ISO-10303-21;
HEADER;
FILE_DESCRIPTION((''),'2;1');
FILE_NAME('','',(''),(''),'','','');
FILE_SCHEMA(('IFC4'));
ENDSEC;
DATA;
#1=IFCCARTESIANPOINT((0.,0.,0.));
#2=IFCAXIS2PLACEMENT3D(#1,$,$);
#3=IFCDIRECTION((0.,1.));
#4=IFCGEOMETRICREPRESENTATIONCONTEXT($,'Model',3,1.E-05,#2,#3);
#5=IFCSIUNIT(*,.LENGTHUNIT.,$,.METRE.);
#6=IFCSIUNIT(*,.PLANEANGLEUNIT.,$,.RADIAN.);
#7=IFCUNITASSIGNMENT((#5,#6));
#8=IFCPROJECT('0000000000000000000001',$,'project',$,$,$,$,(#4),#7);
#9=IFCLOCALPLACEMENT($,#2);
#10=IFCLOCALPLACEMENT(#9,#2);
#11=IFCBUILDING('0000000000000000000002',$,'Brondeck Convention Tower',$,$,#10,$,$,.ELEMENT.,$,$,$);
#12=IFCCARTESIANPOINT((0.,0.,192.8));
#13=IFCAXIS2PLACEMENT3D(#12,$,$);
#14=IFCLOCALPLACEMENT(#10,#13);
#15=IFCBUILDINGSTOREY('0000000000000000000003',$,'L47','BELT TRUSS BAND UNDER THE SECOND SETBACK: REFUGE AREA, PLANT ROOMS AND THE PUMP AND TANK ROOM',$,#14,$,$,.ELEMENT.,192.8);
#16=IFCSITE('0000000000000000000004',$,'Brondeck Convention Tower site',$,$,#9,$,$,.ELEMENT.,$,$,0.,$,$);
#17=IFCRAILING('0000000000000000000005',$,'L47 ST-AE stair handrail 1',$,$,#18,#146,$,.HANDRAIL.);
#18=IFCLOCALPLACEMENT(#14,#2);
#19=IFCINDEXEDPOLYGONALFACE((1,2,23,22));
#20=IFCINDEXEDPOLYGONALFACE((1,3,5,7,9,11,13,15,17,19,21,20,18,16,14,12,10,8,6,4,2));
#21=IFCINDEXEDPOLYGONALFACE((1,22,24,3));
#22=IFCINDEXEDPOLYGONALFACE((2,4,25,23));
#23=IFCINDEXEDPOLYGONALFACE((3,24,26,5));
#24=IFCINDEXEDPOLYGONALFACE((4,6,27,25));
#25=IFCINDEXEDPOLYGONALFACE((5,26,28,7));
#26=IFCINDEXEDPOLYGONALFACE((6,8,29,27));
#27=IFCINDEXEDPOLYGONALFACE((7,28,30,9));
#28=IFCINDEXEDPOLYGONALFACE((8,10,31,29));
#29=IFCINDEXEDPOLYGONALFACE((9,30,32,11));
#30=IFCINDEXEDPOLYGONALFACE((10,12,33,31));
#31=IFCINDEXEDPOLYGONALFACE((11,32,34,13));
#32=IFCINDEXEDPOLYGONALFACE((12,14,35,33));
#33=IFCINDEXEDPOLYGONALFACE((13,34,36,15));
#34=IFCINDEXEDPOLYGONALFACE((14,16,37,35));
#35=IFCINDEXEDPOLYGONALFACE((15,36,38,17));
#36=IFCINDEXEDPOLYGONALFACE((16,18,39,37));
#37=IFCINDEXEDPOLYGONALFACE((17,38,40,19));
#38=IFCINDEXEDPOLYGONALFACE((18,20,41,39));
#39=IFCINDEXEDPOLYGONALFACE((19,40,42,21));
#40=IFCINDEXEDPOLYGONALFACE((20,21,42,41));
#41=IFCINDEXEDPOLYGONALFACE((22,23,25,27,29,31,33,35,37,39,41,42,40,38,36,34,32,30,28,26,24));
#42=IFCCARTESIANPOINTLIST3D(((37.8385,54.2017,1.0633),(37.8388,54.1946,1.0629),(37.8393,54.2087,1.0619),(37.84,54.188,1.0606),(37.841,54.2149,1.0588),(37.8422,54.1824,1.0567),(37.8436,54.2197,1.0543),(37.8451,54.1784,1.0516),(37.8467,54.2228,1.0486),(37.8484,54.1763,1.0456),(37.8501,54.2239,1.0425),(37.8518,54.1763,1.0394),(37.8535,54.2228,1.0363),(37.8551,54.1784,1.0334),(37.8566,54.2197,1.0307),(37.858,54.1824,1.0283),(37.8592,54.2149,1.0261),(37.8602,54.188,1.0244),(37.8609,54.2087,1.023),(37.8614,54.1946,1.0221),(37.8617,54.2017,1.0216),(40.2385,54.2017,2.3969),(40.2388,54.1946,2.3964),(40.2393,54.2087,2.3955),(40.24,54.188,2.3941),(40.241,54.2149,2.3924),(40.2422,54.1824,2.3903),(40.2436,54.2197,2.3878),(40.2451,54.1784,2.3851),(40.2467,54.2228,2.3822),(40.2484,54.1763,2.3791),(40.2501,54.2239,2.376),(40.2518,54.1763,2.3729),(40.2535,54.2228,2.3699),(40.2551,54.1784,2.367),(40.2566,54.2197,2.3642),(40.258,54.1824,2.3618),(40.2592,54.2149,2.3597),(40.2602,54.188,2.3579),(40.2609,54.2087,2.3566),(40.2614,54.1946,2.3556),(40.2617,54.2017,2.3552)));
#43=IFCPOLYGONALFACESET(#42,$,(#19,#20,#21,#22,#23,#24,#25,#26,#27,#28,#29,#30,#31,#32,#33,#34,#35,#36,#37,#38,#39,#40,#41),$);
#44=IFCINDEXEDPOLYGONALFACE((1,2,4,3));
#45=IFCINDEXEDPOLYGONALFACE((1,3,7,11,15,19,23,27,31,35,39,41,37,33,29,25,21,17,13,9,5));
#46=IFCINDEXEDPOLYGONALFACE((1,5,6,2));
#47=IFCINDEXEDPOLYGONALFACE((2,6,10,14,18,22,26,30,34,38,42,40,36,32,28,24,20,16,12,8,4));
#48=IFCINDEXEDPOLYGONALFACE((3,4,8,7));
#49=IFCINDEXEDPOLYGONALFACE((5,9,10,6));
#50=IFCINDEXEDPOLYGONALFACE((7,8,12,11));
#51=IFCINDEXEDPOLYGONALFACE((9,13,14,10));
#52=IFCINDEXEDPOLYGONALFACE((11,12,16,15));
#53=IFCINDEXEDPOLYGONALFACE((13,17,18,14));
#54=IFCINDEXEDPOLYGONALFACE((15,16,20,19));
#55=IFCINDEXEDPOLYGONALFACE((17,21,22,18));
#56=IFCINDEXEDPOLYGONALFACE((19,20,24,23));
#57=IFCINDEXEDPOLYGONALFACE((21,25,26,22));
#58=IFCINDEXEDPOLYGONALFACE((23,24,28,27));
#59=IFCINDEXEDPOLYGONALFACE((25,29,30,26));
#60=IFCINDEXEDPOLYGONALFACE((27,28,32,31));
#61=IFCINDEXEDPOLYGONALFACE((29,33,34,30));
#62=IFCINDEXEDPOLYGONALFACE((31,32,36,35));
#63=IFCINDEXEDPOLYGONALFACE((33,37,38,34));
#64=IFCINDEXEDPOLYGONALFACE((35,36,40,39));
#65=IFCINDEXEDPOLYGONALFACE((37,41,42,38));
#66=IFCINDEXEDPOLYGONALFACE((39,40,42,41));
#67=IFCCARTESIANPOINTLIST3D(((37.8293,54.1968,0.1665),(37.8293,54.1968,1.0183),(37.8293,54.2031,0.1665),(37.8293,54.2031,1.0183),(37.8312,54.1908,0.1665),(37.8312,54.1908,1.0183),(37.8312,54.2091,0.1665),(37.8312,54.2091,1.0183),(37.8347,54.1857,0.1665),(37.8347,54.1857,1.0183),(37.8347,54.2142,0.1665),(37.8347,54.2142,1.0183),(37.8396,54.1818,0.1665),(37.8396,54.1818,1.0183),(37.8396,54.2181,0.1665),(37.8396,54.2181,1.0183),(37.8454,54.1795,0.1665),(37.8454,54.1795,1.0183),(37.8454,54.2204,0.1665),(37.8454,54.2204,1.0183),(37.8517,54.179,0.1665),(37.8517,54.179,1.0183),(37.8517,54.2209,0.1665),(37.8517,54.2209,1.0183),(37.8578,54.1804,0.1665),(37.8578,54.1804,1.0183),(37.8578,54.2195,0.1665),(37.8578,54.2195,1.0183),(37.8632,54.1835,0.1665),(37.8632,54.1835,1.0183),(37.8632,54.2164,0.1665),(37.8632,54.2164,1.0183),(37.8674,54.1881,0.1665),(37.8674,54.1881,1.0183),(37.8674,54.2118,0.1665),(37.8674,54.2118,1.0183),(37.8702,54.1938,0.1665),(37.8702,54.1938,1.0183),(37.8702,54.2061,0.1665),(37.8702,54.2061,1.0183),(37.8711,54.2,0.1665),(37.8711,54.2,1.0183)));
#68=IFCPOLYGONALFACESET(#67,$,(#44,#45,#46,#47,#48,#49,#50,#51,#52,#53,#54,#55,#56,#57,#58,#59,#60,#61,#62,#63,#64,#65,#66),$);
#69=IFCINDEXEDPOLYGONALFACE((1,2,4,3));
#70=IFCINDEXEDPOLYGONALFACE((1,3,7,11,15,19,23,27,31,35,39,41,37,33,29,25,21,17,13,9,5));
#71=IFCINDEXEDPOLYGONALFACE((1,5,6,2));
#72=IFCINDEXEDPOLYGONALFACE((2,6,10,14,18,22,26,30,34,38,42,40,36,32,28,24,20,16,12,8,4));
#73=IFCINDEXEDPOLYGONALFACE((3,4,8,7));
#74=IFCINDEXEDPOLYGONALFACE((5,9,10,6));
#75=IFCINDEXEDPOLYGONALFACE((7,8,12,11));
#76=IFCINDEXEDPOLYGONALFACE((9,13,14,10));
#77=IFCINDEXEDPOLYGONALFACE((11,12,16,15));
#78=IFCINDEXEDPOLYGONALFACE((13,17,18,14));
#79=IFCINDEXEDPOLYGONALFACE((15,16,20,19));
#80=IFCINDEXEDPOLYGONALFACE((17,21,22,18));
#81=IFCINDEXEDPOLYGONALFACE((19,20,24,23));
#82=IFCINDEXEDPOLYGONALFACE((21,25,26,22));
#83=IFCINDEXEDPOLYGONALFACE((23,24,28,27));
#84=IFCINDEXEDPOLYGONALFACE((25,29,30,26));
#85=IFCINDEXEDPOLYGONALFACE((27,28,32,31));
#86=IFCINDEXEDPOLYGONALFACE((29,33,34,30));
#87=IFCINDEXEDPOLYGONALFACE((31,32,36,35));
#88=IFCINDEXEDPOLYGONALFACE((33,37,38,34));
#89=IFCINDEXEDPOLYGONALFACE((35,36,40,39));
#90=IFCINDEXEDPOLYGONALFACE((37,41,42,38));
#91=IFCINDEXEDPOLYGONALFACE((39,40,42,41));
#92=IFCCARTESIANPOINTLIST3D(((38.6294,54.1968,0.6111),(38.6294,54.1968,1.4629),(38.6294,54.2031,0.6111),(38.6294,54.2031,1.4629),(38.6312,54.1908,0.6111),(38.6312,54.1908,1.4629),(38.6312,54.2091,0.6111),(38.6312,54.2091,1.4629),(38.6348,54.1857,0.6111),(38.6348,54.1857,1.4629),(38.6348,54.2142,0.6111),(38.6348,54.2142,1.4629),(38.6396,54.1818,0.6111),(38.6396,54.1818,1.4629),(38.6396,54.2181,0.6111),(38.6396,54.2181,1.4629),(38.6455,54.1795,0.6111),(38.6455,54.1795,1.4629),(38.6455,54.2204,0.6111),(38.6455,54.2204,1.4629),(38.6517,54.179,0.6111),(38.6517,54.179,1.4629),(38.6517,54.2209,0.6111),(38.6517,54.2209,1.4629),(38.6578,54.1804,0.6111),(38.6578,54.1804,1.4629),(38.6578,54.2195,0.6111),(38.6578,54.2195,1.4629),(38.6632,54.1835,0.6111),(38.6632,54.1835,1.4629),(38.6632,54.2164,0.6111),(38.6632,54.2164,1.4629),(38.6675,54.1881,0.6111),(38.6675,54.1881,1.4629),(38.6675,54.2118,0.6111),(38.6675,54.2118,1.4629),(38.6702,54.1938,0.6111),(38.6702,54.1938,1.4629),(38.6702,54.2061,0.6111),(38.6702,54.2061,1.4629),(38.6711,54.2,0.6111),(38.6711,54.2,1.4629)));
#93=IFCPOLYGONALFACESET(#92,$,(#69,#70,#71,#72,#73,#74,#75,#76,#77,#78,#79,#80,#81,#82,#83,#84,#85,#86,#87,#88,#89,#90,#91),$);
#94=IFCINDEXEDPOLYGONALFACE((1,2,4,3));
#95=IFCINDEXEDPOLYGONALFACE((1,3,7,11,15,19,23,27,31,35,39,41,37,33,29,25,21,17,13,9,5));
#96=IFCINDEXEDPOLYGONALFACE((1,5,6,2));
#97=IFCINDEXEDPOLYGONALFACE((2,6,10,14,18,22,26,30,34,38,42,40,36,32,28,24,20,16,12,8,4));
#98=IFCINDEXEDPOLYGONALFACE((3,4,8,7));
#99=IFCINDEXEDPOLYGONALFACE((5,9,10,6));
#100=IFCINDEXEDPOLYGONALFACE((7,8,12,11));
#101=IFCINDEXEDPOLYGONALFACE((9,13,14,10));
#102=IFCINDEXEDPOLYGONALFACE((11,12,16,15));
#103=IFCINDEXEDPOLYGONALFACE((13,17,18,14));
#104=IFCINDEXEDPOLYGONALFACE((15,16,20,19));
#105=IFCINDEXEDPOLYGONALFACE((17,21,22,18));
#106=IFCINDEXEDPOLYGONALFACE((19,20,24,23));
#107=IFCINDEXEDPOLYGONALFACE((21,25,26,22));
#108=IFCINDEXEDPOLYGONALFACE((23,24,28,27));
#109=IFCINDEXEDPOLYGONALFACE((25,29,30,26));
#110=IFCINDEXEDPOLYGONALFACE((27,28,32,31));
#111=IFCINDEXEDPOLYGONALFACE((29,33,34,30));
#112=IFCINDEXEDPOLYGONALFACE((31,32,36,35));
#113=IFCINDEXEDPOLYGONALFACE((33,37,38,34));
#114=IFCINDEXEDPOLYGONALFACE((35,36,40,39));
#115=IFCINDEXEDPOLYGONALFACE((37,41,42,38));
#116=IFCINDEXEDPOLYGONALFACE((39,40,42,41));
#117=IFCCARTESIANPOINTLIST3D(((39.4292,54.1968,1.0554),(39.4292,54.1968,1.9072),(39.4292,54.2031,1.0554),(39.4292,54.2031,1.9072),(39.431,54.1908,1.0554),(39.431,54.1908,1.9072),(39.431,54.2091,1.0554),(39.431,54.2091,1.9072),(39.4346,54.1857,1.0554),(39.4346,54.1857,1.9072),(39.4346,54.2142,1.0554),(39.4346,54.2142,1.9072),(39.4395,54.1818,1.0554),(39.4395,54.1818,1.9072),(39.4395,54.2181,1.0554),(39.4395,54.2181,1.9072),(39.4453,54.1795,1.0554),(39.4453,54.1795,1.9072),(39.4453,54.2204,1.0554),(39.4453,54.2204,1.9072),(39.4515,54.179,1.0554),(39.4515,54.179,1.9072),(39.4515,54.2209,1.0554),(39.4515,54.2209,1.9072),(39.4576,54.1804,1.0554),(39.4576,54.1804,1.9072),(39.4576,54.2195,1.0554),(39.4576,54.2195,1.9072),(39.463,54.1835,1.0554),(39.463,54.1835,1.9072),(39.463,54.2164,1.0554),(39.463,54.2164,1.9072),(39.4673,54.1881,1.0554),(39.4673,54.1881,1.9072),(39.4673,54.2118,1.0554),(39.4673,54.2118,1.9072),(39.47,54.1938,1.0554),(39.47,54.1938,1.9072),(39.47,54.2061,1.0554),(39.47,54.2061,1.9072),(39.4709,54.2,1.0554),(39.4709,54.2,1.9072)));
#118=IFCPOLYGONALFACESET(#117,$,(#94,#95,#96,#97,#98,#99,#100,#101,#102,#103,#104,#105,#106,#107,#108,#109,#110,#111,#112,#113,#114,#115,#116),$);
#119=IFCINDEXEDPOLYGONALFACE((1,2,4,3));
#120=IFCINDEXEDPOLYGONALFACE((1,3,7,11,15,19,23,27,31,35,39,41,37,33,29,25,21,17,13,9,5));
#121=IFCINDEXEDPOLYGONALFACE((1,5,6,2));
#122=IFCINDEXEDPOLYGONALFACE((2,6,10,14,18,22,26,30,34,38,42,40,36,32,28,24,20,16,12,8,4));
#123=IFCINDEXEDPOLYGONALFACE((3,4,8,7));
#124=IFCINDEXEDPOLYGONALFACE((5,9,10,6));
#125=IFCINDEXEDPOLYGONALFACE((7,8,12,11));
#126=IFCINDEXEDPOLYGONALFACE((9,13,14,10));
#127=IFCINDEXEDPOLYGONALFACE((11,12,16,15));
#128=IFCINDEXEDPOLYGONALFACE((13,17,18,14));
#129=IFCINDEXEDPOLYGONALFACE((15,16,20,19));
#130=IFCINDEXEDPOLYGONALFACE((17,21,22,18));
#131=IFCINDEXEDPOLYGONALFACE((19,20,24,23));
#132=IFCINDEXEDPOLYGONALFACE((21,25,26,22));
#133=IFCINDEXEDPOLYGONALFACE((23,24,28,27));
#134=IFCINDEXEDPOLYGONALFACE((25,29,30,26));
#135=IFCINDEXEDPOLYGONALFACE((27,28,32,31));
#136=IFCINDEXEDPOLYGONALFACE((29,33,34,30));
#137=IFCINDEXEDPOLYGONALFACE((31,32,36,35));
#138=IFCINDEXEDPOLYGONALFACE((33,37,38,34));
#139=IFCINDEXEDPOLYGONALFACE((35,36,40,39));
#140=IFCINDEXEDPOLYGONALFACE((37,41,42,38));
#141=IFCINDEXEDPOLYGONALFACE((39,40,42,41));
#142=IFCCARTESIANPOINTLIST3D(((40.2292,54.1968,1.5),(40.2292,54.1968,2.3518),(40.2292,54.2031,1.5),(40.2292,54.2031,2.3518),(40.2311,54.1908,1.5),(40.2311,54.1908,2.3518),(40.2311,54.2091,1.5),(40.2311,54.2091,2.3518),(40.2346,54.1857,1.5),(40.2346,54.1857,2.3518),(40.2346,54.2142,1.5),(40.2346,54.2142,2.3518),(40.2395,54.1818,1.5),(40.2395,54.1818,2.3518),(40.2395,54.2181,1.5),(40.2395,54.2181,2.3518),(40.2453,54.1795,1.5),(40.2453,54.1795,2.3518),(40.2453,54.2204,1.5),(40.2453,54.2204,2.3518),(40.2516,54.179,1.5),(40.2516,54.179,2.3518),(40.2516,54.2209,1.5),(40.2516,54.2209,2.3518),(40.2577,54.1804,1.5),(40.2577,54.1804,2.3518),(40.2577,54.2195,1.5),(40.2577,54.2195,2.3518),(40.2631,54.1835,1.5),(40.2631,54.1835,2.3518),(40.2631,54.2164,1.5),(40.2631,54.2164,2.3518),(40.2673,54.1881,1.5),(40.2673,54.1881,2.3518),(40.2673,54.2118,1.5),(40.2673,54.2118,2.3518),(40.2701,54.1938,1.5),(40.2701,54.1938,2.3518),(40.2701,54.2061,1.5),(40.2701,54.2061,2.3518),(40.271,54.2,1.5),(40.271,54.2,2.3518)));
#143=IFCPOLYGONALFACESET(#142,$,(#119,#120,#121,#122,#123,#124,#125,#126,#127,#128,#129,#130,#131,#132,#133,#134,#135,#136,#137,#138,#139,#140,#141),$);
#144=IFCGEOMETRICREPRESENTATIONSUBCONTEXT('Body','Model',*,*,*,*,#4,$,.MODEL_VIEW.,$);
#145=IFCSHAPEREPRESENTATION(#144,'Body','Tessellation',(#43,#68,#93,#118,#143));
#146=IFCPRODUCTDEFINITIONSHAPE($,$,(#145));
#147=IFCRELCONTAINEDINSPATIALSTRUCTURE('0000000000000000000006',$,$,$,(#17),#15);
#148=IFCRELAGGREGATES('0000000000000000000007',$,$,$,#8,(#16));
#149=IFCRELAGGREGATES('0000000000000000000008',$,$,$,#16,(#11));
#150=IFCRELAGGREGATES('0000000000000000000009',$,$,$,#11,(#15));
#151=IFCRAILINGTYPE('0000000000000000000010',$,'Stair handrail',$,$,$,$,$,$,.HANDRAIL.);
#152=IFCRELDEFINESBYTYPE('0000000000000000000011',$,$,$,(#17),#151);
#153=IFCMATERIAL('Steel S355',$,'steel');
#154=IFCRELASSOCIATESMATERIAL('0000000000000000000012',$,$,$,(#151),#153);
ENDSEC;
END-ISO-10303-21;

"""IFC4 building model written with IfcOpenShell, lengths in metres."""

from ifc_helpers import new_model, si_unit, direction, frame, origin, origin_2d, place, context, subcontext, project, spatial, circle, extrude, material, type_object, element, save


model = new_model("IFC4")

# Units and contexts
model_context = context("Model", 3, precision=1e-05, world=origin(), true_north=direction((0.0, 1.0)))
body_context = subcontext(model_context, "Body", "Model", "MODEL_VIEW")
ifc_project = project(units=[si_unit("LENGTHUNIT", "METRE"), si_unit("PLANEANGLEUNIT", "RADIAN")], contexts=[model_context])

# Site, building, storey
site_placement = place(None, origin())
site = spatial("IfcSite", under=ifc_project, at=site_placement, Name="Brondeck Convention Tower site", CompositionType="ELEMENT", RefElevation=0.0)
building_placement = place(site_placement, origin())
building = spatial("IfcBuilding", under=site, at=building_placement, Name="Brondeck Convention Tower", CompositionType="ELEMENT")
storey_placement = place(building_placement, frame((0.0, 0.0, 192.8)))
storey = spatial("IfcBuildingStorey", under=building, at=storey_placement, Name="L47", Description="BELT TRUSS BAND UNDER THE SECOND SETBACK: REFUGE AREA, PLANT ROOMS AND THE PUMP AND TANK ROOM", CompositionType="ELEMENT", Elevation=192.8)

# Shared definitions
ifc_material_1 = material(Name="Steel S355", Category="steel")

# Railing
railing_type_1 = type_object("IfcRailingType", Name="Stair handrail", PredefinedType="HANDRAIL", material=ifc_material_1)
railing_1_placement = place(storey_placement, frame((37.8501, 54.2, 0.1665)))
element("IfcRailing", 1, at=railing_1_placement, inside=storey, type_object=railing_type_1, Name="L47 ST-AE stair handrail 1", PredefinedType="HANDRAIL", context=body_context, shape_type="SweptSolid", body=[
    extrude(circle(Radius=0.0239, at=origin_2d()), frame((0.0, 0.0, 0.876), z_axis=(0.874124, 0.0, 0.485703), x_axis=(0.0, 1.0, 0.0)), (0.0, 0.0, 1.0), 2.7456),
    extrude(circle(Radius=0.021, at=origin_2d()), origin(), (0.0, 0.0, 1.0), 0.8518),
    extrude(circle(Radius=0.021, at=origin_2d()), frame((0.8, 0.0, 0.4446)), (0.0, 0.0, 1.0), 0.8518),
    extrude(circle(Radius=0.021, at=origin_2d()), frame((1.5999, 0.0, 0.8889)), (0.0, 0.0, 1.0), 0.8518),
    extrude(circle(Radius=0.021, at=origin_2d()), frame((2.3999, 0.0, 1.3335)), (0.0, 0.0, 1.0), 0.8518),
])

save(model, "model.ifc")
